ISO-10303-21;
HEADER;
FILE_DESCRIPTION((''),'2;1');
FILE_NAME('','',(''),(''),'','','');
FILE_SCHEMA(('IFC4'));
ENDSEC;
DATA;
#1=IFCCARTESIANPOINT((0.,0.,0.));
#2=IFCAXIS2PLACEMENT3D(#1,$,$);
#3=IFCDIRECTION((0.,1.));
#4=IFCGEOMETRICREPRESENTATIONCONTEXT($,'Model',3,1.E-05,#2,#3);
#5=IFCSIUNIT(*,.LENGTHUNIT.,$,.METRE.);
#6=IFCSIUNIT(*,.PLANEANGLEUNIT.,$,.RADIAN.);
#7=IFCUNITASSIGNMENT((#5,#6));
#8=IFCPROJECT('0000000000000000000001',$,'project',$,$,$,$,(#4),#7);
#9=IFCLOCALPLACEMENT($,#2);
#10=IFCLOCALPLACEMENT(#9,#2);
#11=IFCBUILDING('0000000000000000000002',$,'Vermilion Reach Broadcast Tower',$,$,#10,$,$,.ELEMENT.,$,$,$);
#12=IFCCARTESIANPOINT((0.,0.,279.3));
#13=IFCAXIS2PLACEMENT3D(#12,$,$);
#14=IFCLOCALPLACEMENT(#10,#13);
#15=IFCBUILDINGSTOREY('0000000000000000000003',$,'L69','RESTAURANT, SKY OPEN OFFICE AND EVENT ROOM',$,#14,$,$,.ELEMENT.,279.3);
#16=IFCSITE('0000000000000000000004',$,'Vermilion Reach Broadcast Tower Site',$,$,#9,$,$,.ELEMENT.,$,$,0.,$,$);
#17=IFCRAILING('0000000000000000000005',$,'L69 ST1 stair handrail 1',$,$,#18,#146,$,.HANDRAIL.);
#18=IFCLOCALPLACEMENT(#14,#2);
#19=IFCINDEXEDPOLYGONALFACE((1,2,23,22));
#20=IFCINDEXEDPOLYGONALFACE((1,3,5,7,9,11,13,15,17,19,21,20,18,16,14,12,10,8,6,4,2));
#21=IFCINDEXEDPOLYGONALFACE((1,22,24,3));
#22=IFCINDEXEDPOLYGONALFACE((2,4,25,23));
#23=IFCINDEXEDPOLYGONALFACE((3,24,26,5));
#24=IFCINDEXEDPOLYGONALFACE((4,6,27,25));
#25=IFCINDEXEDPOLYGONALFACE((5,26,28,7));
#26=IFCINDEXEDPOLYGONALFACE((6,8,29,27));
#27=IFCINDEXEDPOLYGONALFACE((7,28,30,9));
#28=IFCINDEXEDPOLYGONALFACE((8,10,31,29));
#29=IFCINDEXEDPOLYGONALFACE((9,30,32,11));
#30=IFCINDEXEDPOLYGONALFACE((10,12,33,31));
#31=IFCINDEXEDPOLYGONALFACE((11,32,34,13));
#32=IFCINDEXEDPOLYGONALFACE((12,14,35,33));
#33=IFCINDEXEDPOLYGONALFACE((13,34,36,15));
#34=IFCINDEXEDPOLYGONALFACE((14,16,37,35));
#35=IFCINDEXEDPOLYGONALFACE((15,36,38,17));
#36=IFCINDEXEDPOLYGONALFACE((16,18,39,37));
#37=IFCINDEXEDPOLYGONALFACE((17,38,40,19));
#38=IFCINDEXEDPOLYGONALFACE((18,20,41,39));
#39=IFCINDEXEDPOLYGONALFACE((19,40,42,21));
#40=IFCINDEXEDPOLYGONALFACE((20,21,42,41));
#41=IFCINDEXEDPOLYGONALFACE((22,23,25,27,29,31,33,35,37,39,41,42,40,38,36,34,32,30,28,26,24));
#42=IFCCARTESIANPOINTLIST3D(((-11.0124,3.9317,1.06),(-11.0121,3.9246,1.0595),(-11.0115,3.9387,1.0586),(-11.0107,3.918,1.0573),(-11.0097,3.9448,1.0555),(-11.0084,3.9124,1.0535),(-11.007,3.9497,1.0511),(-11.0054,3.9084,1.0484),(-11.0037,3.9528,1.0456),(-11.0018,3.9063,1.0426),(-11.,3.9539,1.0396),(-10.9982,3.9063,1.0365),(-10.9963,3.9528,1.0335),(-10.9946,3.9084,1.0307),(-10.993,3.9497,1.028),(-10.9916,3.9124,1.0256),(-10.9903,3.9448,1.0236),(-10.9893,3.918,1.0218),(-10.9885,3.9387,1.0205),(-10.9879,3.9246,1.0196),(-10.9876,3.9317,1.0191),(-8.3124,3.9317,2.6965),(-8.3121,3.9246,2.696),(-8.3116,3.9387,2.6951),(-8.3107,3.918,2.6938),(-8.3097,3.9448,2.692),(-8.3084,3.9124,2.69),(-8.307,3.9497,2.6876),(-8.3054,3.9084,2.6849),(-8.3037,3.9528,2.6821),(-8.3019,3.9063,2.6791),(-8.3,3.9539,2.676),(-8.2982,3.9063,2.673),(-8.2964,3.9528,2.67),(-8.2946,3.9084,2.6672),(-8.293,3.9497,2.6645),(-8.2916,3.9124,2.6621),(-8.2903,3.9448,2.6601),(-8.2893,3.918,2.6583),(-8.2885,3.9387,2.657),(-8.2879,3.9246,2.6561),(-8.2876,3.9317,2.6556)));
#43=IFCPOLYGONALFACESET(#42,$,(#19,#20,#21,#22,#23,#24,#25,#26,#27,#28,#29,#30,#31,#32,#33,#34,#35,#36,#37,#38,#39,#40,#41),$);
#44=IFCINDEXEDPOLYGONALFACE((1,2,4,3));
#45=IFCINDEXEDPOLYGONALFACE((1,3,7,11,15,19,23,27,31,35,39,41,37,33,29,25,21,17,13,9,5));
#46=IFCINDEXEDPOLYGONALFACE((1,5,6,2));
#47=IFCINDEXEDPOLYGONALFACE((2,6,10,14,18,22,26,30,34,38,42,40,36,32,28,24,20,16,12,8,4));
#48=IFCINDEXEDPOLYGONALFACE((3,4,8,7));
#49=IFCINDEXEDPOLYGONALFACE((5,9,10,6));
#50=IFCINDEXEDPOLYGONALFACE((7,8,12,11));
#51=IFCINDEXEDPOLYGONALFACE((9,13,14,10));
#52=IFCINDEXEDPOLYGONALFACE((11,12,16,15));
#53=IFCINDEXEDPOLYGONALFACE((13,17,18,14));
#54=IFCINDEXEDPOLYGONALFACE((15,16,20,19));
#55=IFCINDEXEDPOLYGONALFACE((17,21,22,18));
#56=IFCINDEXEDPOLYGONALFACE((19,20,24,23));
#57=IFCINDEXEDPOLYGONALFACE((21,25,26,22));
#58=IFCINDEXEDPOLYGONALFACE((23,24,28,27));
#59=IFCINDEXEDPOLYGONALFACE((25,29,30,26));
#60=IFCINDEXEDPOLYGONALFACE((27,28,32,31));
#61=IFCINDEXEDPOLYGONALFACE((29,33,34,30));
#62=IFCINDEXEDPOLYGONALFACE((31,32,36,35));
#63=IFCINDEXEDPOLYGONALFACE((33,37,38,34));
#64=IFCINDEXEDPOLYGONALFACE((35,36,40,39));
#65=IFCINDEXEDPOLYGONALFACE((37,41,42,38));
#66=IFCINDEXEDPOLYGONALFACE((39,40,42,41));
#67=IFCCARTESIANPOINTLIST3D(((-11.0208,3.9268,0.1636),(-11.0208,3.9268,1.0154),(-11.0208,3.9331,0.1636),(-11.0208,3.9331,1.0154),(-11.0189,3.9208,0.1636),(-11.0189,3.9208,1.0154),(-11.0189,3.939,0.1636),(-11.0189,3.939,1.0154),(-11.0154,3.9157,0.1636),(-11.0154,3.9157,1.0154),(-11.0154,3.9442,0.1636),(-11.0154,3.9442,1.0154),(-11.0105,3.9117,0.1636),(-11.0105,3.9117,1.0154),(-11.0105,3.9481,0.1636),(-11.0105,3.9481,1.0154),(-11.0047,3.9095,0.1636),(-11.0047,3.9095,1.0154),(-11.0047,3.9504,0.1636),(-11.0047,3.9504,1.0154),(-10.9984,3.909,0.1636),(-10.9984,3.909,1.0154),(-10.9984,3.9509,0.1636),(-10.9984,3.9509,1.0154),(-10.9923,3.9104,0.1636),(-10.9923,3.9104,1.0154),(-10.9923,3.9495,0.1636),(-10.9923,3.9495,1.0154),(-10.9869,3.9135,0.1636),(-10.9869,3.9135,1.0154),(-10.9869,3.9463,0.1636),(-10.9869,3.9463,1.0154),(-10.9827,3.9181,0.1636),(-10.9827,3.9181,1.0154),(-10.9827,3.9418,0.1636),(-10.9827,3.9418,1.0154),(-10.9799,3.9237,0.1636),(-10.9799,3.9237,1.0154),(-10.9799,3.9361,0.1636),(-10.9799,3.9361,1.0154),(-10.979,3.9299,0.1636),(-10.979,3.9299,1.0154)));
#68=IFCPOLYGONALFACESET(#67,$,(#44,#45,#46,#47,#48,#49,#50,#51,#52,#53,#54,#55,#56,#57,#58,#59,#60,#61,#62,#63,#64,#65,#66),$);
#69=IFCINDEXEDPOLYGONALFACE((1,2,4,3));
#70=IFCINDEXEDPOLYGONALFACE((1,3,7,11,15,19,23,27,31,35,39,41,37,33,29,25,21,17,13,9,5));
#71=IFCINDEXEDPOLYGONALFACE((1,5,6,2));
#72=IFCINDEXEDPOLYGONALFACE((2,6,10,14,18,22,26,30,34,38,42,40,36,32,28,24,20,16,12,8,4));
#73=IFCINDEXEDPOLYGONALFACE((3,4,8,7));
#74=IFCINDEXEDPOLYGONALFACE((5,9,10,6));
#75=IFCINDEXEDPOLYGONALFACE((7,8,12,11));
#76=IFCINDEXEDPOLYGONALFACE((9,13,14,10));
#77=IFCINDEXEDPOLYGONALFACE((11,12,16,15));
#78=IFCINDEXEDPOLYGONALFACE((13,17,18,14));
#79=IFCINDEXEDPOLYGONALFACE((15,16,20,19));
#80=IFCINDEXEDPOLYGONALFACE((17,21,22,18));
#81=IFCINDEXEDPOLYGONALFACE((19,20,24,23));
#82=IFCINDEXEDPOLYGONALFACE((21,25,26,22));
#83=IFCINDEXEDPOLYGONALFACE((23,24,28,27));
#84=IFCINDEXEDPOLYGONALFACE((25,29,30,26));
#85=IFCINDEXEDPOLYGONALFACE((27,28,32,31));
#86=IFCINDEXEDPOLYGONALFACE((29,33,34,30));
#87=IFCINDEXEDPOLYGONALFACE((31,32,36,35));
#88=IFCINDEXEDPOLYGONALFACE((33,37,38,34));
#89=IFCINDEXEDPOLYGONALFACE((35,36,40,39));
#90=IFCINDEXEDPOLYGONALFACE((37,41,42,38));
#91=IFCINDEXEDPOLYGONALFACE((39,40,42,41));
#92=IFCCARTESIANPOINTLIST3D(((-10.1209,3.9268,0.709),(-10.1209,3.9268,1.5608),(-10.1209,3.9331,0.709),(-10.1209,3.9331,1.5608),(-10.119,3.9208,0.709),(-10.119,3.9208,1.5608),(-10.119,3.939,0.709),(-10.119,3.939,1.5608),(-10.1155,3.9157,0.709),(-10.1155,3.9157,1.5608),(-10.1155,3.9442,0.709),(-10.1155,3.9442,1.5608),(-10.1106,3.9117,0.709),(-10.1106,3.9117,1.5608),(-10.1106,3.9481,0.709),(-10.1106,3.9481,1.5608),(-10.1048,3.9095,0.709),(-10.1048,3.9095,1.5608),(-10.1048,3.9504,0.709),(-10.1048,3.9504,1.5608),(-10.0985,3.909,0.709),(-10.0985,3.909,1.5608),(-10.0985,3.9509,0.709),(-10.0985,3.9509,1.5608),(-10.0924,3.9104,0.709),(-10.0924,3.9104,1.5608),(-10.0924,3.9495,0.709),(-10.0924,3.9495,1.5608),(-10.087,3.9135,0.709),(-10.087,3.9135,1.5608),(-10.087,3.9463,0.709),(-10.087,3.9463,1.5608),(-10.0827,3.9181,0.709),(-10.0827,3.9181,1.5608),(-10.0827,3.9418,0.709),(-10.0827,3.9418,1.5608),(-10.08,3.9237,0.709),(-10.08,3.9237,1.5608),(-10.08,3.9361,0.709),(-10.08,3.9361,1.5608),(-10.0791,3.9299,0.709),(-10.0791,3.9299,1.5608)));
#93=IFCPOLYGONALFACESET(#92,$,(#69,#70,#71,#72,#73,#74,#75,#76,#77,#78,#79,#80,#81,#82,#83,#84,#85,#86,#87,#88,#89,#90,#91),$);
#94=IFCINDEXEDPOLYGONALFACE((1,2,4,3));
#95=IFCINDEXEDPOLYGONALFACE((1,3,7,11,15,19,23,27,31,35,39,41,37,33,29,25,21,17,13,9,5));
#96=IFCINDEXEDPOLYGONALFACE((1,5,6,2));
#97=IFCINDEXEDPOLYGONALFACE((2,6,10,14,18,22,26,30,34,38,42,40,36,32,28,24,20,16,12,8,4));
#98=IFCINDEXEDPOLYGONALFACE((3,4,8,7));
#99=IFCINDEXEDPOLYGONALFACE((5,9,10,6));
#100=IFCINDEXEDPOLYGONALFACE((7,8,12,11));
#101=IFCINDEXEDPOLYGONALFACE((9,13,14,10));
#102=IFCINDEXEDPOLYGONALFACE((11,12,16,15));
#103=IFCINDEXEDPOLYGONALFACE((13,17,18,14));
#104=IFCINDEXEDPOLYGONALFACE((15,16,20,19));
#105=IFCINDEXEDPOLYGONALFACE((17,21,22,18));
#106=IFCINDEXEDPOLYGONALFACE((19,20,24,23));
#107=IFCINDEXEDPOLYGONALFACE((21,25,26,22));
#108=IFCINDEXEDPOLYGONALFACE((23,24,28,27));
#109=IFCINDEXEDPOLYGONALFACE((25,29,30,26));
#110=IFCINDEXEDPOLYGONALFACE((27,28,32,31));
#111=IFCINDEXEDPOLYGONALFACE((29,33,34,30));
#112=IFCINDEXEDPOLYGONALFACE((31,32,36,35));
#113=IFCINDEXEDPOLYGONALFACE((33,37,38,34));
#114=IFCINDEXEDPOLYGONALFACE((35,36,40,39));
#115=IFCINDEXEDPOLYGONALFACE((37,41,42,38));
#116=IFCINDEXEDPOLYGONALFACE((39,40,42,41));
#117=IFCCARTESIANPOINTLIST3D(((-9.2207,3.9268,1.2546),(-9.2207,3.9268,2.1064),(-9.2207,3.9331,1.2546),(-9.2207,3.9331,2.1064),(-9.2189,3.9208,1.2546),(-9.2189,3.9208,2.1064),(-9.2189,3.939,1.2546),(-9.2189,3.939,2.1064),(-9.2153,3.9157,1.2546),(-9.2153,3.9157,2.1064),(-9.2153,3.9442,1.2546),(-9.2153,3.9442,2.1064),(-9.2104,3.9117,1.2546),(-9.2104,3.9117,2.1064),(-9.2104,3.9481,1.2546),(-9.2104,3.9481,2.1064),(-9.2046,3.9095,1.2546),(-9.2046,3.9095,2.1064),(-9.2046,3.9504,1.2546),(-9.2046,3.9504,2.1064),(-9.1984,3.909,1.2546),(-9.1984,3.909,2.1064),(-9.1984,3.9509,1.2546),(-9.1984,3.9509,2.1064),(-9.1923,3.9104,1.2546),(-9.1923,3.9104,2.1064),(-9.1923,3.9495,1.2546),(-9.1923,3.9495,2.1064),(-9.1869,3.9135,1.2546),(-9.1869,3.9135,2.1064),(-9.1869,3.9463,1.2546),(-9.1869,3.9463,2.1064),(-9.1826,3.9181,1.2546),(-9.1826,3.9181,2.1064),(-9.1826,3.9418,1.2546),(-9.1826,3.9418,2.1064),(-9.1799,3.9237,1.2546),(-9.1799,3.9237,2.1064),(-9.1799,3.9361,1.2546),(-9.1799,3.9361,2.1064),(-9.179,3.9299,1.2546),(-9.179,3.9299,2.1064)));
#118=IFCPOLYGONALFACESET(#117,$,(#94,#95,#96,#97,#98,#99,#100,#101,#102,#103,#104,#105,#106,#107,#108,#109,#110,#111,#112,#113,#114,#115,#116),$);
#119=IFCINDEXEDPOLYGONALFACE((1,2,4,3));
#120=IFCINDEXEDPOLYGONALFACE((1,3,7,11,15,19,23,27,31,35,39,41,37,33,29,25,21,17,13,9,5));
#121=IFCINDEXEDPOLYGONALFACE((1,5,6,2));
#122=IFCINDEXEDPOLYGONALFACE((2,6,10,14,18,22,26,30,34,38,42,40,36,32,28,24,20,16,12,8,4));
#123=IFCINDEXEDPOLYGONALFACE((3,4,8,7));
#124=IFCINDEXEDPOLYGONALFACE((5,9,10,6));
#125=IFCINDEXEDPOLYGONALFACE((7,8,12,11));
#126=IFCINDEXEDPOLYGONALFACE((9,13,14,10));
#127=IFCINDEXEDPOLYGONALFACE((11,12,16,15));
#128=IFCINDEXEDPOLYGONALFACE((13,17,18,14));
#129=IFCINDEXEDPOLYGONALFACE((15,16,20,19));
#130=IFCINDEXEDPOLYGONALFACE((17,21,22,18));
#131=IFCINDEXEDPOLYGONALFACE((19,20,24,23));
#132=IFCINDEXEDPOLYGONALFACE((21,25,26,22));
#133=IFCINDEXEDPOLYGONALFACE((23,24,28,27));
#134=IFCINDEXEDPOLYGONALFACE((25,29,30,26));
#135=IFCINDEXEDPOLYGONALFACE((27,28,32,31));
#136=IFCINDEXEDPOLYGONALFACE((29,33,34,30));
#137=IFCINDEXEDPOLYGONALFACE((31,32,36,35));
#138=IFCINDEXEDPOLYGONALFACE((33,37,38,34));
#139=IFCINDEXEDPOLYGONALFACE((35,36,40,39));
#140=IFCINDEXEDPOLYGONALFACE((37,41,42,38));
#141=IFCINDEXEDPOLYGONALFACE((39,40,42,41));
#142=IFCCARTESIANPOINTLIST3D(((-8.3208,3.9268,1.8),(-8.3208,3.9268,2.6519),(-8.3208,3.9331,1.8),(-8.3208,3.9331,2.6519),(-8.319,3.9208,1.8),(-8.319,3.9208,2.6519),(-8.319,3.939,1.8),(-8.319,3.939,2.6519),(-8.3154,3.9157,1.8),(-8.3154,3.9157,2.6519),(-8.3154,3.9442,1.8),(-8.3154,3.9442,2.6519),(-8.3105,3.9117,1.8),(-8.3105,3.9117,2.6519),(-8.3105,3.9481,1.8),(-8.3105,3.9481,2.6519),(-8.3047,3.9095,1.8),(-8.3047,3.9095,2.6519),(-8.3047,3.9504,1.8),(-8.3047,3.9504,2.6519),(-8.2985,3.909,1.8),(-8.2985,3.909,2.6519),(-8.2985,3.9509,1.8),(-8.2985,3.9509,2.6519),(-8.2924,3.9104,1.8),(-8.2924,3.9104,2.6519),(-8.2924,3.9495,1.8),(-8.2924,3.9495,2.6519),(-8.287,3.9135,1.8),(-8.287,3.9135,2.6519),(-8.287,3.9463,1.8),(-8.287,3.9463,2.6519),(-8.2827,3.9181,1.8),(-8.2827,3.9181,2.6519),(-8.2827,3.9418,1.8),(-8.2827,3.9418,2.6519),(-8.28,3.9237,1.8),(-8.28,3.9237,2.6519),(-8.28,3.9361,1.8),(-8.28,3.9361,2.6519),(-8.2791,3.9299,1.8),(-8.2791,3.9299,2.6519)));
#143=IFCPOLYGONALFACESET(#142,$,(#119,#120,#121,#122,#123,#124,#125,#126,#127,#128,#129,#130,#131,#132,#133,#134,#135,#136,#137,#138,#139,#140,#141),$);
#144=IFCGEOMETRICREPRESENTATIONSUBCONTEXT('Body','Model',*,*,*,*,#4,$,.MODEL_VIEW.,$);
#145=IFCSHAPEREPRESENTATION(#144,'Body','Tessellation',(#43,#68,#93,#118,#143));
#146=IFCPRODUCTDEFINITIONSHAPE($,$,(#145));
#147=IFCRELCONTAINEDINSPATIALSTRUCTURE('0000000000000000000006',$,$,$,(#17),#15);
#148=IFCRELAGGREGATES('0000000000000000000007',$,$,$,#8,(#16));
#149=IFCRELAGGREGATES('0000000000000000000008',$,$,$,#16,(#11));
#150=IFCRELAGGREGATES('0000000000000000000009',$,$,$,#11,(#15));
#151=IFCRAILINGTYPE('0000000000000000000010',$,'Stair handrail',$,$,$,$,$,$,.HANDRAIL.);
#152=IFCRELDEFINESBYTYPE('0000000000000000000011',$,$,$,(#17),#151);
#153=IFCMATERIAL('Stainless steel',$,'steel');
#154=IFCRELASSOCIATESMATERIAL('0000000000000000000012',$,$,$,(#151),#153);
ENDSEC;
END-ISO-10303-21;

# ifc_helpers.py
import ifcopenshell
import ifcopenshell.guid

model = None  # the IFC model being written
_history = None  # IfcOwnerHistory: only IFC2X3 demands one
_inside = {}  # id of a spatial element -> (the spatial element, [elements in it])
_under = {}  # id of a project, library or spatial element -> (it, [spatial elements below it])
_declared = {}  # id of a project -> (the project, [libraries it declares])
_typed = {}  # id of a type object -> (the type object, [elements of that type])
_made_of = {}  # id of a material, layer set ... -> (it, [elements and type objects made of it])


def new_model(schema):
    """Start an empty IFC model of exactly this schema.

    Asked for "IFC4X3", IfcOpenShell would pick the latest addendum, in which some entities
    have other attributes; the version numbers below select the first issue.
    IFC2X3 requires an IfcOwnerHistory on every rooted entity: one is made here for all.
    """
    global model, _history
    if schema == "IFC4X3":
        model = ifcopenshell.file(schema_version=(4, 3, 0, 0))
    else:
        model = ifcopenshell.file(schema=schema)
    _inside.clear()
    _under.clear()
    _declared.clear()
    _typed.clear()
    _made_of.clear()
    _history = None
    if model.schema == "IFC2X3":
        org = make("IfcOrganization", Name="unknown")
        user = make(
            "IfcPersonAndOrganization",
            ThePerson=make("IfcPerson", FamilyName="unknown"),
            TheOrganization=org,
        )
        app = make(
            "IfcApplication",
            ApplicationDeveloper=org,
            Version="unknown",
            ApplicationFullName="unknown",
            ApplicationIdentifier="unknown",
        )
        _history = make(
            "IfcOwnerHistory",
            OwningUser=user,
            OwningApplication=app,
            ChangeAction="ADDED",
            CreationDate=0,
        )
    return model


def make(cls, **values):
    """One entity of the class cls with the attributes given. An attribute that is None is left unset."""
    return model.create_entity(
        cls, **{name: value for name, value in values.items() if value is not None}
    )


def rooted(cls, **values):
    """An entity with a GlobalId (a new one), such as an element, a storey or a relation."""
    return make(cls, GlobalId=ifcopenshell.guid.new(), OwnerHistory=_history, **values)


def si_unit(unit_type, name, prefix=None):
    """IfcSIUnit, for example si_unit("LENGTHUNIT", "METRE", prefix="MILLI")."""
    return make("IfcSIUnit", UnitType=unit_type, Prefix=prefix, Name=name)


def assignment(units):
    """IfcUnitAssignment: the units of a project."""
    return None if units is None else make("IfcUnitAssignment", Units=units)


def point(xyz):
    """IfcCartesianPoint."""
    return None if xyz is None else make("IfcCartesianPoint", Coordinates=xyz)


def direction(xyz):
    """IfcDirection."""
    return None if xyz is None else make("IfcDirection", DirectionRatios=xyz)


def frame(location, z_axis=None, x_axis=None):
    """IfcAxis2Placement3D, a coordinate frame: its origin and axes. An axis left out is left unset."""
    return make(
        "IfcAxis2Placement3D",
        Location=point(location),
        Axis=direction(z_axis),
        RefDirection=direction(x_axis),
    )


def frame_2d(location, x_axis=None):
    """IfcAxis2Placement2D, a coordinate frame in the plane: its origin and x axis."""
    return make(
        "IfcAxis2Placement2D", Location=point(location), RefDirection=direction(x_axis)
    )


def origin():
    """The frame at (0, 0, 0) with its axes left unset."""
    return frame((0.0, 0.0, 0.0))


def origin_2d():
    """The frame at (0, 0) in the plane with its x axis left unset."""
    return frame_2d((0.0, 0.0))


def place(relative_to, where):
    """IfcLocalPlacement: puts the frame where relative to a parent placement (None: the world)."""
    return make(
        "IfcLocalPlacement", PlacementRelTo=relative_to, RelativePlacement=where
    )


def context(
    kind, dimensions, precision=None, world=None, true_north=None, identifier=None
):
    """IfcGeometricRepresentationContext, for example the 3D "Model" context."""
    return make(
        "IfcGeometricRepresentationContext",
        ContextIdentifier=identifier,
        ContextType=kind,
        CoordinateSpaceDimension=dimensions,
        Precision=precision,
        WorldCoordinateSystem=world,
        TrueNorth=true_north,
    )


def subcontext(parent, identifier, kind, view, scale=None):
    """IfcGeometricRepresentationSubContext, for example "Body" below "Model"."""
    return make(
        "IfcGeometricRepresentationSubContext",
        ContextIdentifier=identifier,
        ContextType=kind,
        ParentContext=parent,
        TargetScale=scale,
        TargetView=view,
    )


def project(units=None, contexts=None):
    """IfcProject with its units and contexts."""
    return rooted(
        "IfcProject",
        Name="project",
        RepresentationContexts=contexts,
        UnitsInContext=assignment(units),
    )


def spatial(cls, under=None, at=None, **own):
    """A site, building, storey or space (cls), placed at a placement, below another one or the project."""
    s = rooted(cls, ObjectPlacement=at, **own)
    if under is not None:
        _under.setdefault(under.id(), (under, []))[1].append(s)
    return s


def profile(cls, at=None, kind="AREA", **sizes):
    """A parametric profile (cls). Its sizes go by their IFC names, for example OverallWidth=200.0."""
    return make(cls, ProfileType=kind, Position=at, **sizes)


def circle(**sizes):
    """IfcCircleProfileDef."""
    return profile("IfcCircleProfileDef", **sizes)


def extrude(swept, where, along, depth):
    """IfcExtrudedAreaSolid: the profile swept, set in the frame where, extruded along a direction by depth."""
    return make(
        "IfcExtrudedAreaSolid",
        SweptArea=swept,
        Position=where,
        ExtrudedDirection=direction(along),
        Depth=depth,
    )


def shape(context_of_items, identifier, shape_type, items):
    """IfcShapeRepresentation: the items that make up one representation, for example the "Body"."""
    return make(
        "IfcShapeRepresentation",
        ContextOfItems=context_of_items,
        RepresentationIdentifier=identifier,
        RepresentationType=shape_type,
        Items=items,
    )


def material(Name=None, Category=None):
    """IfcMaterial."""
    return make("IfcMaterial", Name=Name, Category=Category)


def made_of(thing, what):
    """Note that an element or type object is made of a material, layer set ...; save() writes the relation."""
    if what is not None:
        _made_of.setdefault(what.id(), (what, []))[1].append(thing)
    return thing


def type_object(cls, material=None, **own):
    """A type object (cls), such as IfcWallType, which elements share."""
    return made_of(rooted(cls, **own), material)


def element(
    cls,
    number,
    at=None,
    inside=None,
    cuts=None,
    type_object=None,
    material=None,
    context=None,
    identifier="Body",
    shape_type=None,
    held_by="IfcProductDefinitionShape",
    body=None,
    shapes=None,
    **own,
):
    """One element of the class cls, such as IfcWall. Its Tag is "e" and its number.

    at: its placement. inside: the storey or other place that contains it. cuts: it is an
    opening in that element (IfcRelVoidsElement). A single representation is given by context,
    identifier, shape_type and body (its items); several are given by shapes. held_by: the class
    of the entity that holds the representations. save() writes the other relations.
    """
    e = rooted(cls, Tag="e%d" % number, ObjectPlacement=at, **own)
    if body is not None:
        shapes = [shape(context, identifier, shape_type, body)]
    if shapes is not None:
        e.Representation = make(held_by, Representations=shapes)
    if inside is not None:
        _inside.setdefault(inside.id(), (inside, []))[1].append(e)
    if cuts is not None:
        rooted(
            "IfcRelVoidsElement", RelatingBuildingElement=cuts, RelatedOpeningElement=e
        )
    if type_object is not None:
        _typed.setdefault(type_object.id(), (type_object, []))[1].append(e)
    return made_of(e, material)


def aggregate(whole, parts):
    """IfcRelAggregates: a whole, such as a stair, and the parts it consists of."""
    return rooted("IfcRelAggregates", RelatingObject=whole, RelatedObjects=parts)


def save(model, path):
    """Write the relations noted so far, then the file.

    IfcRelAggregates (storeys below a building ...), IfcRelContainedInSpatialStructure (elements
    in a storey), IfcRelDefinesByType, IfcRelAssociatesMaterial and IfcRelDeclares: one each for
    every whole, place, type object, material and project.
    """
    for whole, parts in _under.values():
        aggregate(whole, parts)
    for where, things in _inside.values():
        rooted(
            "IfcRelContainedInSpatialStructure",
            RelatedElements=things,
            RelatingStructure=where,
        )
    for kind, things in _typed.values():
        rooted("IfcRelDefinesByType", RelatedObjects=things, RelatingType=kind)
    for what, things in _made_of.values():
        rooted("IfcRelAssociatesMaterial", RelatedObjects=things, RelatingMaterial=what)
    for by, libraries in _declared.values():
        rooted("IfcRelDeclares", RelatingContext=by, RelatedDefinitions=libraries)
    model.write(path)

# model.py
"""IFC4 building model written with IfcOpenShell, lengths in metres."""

from ifc_helpers import new_model, si_unit, direction, frame, origin, origin_2d, place, context, subcontext, project, spatial, circle, extrude, material, type_object, element, save


model = new_model("IFC4")

# Units and contexts
model_context = context("Model", 3, precision=1e-05, world=origin(), true_north=direction((0.0, 1.0)))
body_context = subcontext(model_context, "Body", "Model", "MODEL_VIEW")
ifc_project = project(units=[si_unit("LENGTHUNIT", "METRE"), si_unit("PLANEANGLEUNIT", "RADIAN")], contexts=[model_context])

# Site, building, storey
site_placement = place(None, origin())
site = spatial("IfcSite", under=ifc_project, at=site_placement, Name="Vermilion Reach Broadcast Tower Site", CompositionType="ELEMENT", RefElevation=0.0)
building_placement = place(site_placement, origin())
building = spatial("IfcBuilding", under=site, at=building_placement, Name="Vermilion Reach Broadcast Tower", CompositionType="ELEMENT")
storey_placement = place(building_placement, frame((0.0, 0.0, 279.3)))
storey = spatial("IfcBuildingStorey", under=building, at=storey_placement, Name="L69", Description="RESTAURANT, SKY OPEN OFFICE AND EVENT ROOM", CompositionType="ELEMENT", Elevation=279.3)

# Railing
ifc_material_1 = material(Name="Stainless steel", Category="steel")
railing_type_1 = type_object("IfcRailingType", Name="Stair handrail", PredefinedType="HANDRAIL", material=ifc_material_1)
railing_1_placement = place(storey_placement, frame((-11.0, 3.9299, 0.1636)))
element("IfcRailing", 1, at=railing_1_placement, inside=storey, type_object=railing_type_1, Name="L69 ST1 stair handrail 1", PredefinedType="HANDRAIL", context=body_context, shape_type="SweptSolid", body=[
    extrude(circle(Radius=0.0239, at=origin_2d()), frame((0.0, 0.0, 0.876), z_axis=(0.855178, 0.0, 0.518334), x_axis=(0.0, 1.0, 0.0)), (0.0, 0.0, 1.0), 3.1572),
    extrude(circle(Radius=0.021, at=origin_2d()), origin(), (0.0, 0.0, 1.0), 0.8518),
    extrude(circle(Radius=0.021, at=origin_2d()), frame((0.8999, 0.0, 0.5454)), (0.0, 0.0, 1.0), 0.8518),
    extrude(circle(Radius=0.021, at=origin_2d()), frame((1.8, 0.0, 1.0911)), (0.0, 0.0, 1.0), 0.8518),
    extrude(circle(Radius=0.021, at=origin_2d()), frame((2.7, 0.0, 1.6365)), (0.0, 0.0, 1.0), 0.8518),
])

save(model, "model.ifc")
